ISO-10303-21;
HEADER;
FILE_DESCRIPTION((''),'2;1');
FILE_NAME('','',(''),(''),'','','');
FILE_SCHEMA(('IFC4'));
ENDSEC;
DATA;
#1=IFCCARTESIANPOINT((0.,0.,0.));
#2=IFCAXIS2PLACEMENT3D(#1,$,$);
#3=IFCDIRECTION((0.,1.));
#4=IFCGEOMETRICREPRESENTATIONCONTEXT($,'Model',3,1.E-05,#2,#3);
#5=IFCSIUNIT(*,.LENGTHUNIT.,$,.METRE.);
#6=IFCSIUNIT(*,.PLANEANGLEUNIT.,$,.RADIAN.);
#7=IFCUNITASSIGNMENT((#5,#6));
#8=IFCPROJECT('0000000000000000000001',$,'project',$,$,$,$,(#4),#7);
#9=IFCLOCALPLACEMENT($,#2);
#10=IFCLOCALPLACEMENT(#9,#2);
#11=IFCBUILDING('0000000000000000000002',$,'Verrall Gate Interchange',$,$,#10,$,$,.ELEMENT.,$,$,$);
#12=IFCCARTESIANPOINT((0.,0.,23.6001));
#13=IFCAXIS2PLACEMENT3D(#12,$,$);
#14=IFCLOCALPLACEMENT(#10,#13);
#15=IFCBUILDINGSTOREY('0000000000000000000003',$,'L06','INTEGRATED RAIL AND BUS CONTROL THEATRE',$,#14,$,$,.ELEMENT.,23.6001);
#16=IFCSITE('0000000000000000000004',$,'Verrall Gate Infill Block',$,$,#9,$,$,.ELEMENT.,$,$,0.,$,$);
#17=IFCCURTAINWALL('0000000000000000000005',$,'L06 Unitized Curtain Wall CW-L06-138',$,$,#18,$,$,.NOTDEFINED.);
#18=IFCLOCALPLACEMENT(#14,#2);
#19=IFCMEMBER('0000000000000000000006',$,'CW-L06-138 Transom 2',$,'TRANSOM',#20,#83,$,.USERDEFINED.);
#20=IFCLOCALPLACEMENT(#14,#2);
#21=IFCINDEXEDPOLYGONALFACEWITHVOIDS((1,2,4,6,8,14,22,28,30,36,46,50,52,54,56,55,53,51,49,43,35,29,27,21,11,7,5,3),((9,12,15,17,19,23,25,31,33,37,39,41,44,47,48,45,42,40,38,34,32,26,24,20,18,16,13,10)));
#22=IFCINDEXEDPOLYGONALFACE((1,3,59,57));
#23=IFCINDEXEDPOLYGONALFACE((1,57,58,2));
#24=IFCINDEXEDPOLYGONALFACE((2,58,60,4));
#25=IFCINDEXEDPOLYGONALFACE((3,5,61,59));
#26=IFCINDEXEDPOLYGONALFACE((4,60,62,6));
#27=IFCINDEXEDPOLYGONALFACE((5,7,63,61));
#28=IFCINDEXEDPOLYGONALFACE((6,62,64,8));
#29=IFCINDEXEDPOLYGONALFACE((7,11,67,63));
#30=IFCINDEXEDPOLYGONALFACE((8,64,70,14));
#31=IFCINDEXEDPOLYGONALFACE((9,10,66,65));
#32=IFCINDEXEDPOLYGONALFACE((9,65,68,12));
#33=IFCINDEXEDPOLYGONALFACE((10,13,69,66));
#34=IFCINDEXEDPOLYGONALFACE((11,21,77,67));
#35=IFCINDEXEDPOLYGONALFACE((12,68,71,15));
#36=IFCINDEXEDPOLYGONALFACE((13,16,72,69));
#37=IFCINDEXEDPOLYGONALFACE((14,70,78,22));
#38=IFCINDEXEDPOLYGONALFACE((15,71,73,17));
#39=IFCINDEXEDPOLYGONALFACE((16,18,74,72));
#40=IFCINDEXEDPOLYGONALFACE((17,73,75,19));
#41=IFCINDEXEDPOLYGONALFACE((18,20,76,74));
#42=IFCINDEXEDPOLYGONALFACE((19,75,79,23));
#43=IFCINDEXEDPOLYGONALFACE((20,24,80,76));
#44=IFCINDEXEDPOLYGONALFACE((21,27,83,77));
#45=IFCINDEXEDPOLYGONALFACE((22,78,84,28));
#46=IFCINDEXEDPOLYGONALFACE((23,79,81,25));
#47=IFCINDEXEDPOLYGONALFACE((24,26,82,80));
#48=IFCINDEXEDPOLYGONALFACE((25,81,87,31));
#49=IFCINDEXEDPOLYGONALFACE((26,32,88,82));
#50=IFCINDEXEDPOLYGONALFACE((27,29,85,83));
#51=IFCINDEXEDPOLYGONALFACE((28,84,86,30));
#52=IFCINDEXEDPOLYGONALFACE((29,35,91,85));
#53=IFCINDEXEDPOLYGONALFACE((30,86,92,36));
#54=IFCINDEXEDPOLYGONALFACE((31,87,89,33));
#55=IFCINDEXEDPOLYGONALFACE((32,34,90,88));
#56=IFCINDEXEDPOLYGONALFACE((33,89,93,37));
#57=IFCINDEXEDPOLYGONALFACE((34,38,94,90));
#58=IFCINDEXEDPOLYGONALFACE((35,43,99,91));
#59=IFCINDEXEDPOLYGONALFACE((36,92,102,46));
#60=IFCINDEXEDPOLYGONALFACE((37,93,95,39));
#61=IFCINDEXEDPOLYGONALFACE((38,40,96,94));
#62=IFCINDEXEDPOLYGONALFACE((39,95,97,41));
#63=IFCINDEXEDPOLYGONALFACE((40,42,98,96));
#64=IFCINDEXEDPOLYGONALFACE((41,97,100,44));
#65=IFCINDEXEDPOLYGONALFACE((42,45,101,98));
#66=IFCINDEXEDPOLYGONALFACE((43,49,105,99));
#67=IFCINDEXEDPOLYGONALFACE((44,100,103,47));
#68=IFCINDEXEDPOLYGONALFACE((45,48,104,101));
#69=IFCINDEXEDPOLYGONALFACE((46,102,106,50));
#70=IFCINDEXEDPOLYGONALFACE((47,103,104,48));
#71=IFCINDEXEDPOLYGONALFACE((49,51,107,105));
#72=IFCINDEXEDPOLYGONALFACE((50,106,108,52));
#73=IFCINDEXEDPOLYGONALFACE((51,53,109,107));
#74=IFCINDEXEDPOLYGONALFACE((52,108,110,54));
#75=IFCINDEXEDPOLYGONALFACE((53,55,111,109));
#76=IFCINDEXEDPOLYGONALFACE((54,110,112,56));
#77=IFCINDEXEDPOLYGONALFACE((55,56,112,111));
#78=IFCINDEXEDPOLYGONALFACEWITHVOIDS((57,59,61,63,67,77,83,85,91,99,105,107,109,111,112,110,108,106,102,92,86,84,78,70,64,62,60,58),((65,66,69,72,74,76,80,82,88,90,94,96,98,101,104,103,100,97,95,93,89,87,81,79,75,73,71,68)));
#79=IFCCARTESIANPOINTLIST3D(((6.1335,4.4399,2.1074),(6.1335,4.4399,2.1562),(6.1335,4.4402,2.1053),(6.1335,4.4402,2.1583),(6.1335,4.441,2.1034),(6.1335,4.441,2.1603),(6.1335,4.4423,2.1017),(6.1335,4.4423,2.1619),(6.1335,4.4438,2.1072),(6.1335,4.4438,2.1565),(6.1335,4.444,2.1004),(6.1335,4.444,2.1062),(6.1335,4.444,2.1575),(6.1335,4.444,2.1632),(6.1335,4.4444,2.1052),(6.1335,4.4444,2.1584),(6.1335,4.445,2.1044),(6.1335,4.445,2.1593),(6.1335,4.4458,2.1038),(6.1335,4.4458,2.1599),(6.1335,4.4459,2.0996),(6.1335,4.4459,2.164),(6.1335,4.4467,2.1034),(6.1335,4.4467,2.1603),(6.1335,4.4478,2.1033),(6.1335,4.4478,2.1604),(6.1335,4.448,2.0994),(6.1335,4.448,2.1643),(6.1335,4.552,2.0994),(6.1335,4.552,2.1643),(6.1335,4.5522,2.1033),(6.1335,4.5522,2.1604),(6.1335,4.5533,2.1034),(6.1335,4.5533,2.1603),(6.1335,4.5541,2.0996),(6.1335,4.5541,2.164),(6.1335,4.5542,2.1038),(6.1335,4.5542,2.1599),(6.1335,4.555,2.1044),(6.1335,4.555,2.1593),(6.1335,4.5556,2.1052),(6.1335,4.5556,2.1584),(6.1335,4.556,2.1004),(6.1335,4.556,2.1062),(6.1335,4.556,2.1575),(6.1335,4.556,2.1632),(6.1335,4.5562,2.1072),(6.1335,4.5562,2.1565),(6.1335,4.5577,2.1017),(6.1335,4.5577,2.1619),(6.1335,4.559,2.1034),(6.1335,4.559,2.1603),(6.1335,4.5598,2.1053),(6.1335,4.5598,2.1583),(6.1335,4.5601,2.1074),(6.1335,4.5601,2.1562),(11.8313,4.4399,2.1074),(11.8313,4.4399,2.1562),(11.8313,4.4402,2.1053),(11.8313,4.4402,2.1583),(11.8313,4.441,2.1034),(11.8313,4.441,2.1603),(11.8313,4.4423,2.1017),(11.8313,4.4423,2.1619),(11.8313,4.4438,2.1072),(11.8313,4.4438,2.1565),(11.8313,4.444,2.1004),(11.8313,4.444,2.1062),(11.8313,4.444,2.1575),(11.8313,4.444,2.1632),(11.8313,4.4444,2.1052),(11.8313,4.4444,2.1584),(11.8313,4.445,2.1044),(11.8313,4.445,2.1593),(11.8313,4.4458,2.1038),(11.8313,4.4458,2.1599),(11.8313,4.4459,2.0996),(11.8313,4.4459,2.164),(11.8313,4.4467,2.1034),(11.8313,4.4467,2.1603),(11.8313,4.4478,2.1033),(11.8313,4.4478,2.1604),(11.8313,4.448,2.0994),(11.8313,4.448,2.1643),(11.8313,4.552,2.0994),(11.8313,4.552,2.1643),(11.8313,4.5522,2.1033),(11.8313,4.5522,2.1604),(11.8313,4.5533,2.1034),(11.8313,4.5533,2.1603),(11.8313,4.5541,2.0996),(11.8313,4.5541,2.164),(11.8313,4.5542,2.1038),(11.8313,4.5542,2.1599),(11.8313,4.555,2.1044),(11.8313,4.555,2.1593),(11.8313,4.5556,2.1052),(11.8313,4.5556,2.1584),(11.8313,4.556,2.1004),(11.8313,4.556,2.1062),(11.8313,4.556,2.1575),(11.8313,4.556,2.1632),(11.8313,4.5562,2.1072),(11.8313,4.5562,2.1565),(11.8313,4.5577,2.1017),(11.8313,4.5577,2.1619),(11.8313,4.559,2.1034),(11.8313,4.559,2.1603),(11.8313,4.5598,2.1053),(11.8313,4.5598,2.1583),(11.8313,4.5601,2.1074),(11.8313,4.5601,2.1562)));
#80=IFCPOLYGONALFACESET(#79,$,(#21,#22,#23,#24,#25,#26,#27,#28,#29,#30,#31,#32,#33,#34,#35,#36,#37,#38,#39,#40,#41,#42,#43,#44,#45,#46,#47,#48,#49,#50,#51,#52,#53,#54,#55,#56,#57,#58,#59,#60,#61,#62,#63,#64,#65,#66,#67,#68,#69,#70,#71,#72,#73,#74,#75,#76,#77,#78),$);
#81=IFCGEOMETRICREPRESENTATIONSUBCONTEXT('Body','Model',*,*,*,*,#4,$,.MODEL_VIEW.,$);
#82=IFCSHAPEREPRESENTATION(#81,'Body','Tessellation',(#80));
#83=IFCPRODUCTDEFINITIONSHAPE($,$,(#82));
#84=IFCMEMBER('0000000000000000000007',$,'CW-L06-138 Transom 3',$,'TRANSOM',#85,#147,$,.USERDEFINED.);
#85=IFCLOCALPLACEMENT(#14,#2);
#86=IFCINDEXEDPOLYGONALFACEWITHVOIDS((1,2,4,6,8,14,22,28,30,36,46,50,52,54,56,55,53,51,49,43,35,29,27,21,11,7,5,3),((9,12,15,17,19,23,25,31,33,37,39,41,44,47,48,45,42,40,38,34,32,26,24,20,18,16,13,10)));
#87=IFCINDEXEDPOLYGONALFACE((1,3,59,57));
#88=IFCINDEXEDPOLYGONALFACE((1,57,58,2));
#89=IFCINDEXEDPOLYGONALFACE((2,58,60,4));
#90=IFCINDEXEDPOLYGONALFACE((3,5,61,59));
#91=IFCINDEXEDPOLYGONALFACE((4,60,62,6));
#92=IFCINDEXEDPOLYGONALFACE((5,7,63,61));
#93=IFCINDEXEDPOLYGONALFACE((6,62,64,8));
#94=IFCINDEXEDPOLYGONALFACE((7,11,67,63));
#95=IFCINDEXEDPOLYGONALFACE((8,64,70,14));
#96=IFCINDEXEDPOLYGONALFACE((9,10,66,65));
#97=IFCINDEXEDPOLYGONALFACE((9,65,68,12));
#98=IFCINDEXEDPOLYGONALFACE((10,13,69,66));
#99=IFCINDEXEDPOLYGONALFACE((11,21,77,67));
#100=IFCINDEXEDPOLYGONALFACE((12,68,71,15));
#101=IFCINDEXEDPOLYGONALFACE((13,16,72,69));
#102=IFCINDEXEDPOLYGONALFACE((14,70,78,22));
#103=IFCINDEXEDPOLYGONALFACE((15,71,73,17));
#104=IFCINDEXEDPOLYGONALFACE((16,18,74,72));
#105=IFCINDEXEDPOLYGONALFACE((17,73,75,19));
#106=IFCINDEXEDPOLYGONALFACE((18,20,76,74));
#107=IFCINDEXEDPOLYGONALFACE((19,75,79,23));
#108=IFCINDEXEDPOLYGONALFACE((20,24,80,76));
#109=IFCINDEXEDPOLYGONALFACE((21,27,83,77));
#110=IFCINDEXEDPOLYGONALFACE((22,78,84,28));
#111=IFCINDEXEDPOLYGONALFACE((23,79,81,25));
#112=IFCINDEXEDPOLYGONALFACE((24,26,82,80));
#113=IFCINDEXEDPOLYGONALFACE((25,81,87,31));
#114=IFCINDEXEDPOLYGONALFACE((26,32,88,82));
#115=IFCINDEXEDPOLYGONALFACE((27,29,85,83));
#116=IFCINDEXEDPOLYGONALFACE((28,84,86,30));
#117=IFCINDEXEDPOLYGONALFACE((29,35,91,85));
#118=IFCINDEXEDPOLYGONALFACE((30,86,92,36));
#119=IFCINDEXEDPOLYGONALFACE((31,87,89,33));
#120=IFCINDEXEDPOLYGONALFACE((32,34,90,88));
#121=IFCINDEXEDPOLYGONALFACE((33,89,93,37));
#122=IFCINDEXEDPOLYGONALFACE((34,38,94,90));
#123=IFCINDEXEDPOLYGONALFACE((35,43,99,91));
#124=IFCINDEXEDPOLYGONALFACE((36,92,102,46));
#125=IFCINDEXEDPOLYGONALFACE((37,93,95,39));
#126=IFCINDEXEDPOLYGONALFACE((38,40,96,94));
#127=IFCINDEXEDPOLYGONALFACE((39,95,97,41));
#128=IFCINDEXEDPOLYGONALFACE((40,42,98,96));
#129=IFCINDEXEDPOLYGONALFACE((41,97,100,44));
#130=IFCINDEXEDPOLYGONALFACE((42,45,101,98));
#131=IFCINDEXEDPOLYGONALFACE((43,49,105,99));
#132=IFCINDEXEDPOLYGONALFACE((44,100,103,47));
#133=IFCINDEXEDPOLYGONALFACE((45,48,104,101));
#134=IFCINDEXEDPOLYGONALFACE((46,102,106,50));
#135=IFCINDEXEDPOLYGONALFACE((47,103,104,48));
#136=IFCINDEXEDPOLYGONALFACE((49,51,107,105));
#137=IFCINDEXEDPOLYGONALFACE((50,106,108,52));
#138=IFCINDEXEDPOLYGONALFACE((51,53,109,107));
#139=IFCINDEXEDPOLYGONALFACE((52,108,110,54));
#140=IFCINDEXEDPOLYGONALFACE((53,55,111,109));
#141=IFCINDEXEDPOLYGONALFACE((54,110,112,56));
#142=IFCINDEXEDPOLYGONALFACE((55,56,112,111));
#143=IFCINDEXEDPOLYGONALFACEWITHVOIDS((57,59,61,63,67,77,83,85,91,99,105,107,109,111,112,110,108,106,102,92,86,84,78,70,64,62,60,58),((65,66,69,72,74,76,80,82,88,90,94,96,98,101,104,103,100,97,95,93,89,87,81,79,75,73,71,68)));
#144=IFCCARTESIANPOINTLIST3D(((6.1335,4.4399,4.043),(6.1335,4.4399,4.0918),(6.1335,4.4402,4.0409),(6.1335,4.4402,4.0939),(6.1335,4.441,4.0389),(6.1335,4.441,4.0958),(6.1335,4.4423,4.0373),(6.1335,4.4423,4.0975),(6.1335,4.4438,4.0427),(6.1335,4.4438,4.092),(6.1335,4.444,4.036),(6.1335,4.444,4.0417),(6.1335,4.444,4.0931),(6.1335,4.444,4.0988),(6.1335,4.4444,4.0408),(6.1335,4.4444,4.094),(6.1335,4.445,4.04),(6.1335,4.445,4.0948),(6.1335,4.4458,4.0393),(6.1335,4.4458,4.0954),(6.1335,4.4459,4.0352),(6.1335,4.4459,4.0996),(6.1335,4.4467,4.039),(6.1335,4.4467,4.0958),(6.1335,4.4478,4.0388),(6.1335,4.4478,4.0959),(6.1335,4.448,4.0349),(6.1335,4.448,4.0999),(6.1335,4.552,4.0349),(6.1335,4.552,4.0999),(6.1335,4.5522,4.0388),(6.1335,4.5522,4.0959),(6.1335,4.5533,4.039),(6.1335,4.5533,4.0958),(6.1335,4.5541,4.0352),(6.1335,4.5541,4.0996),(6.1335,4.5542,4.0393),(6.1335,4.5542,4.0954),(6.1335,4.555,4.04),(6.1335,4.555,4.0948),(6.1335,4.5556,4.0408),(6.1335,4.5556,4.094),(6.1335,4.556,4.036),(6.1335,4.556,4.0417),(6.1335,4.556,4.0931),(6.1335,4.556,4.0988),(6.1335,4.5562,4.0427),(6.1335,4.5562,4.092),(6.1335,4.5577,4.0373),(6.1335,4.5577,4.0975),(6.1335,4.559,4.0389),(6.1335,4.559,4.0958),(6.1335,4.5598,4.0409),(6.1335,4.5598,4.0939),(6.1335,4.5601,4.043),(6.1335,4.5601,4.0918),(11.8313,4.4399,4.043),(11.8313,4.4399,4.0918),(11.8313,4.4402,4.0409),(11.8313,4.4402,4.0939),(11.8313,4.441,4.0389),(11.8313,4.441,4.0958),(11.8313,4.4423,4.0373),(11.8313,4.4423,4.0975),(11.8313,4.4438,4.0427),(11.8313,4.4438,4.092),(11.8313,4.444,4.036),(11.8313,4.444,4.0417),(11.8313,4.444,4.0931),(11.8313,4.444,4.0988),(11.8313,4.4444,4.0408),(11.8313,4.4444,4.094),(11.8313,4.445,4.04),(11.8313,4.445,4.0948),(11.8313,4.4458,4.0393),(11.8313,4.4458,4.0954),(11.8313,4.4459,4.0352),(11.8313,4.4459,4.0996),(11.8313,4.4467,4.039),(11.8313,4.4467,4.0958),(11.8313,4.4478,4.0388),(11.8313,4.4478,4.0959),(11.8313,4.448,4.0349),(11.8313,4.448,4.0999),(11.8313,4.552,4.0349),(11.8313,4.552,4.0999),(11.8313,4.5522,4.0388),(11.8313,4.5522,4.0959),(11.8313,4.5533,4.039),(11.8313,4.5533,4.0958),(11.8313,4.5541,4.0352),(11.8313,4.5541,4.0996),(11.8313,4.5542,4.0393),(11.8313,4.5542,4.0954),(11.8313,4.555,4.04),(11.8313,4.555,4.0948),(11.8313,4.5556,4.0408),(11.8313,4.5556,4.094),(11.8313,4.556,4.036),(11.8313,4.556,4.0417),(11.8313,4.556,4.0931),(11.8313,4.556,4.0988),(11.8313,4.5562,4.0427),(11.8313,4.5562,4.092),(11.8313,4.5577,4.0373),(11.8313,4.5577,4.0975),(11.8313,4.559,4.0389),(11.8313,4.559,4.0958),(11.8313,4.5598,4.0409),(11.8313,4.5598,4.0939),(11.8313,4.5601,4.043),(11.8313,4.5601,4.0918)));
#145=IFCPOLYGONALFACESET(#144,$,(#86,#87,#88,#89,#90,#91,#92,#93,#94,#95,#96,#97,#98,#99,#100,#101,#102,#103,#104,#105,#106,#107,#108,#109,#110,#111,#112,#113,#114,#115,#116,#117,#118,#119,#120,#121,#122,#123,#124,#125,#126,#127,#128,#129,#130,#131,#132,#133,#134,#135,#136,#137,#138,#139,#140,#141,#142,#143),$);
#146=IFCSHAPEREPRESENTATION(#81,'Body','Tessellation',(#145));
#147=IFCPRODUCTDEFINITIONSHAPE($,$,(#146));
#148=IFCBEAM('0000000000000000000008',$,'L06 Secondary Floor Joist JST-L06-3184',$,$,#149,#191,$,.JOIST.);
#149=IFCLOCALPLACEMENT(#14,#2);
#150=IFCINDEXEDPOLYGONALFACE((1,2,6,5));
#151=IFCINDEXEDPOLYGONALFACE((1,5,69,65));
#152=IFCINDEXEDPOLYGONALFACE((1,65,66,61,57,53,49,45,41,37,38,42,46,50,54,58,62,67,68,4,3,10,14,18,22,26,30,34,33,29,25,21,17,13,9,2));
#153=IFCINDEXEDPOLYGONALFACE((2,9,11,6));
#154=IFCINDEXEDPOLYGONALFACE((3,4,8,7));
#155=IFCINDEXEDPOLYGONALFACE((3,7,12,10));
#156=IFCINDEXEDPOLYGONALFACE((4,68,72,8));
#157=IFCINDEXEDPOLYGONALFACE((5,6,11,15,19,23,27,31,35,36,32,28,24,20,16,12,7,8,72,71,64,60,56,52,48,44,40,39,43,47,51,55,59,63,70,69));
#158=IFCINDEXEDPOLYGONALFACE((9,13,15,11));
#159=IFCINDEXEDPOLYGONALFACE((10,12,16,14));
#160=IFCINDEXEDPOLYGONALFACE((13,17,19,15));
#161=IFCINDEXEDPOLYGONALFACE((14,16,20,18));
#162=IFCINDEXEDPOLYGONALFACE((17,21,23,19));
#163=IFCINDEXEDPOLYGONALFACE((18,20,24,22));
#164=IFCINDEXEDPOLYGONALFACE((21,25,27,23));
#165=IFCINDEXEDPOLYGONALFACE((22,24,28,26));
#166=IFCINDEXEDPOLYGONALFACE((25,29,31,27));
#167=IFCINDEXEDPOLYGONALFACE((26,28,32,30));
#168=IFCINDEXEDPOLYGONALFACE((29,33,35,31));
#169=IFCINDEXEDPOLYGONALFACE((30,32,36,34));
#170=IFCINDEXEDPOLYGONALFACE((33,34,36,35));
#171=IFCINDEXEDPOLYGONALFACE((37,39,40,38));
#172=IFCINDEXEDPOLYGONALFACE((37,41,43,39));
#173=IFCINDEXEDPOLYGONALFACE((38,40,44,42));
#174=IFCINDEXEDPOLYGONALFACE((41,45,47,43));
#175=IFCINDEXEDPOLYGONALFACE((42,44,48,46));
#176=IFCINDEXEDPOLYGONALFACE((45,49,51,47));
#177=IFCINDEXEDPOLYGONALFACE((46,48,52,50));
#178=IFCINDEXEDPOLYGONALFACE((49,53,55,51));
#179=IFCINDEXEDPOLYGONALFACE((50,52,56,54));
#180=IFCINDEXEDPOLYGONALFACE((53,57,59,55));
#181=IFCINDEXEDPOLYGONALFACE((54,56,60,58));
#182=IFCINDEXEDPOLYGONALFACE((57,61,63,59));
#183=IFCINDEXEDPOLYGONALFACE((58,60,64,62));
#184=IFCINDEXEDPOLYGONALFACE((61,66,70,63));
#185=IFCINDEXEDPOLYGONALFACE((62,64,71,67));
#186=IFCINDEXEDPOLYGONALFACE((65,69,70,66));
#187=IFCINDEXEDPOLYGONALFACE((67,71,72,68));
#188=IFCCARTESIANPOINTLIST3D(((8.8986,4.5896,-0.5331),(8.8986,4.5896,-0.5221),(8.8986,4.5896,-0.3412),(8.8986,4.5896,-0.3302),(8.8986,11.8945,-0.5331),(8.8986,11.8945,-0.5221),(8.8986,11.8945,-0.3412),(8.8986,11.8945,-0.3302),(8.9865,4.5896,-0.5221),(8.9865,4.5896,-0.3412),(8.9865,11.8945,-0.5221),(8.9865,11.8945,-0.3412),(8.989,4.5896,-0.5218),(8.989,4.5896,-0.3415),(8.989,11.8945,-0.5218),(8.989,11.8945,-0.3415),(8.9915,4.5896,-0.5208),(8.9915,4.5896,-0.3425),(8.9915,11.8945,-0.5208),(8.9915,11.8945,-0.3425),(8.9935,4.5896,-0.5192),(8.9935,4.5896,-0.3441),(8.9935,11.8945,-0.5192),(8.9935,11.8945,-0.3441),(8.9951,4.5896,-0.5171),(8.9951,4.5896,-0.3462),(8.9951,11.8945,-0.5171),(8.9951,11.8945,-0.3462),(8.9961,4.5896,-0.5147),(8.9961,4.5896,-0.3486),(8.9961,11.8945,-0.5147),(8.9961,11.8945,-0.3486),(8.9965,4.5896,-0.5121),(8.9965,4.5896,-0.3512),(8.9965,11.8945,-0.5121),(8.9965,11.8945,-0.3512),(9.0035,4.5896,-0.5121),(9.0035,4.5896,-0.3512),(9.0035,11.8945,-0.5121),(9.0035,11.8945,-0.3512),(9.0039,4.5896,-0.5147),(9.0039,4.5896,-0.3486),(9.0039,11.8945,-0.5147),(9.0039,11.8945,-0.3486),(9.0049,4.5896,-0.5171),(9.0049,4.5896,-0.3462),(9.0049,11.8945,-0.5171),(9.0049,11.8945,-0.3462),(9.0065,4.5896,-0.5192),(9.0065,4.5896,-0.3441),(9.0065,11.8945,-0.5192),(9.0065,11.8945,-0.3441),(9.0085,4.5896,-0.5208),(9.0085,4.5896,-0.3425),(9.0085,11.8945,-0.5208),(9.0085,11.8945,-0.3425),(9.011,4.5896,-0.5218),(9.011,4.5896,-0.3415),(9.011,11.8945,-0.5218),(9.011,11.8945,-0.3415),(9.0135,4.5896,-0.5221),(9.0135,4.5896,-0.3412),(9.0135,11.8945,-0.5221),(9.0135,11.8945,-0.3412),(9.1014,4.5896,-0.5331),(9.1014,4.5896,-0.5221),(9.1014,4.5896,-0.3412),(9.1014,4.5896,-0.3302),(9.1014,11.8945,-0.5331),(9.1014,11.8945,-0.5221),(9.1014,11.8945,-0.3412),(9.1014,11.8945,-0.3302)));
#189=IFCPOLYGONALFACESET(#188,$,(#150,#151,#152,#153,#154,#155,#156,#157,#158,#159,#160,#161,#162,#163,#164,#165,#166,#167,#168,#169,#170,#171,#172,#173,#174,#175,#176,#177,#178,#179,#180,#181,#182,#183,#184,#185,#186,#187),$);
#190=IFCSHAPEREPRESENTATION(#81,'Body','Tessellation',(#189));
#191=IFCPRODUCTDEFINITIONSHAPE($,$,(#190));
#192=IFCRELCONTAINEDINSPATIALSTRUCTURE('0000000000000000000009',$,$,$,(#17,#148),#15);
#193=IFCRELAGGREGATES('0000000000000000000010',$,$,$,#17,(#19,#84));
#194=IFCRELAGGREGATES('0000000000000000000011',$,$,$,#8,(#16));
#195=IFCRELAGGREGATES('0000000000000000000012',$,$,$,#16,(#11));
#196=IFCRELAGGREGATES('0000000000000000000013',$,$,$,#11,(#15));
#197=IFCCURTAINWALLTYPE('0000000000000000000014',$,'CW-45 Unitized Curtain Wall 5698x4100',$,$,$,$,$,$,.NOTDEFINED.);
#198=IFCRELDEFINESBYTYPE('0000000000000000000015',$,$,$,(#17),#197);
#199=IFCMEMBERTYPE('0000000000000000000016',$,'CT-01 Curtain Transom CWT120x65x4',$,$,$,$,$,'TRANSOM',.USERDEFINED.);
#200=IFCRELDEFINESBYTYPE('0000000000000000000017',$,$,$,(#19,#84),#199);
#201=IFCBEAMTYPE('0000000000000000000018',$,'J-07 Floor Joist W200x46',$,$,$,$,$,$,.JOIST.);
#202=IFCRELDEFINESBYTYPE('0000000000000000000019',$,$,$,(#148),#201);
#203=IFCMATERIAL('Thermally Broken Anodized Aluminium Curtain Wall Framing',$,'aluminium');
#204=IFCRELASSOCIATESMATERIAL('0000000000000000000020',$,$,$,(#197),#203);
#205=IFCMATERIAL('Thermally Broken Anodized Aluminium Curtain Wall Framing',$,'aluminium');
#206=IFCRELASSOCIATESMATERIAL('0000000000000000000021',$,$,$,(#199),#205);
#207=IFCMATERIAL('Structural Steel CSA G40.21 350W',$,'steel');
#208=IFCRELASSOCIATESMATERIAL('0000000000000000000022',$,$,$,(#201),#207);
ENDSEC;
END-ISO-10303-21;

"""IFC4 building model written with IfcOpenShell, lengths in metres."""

from ifc_helpers import new_model, si_unit, direction, frame, origin, origin_2d, place, context, subcontext, project, spatial, hollow_rectangle, i_section, extrude, material, material_profile, profile_set, type_object, element, aggregate, save


model = new_model("IFC4")

# Units and contexts
model_context = context("Model", 3, precision=1e-05, world=origin(), true_north=direction((0.0, 1.0)))
body_context = subcontext(model_context, "Body", "Model", "MODEL_VIEW")
ifc_project = project(units=[si_unit("LENGTHUNIT", "METRE"), si_unit("PLANEANGLEUNIT", "RADIAN")], contexts=[model_context])

# Site, building, storey
site_placement = place(None, origin())
site = spatial("IfcSite", under=ifc_project, at=site_placement, Name="Verrall Gate Infill Block", CompositionType="ELEMENT", RefElevation=0.0)
building_placement = place(site_placement, origin())
building = spatial("IfcBuilding", under=site, at=building_placement, Name="Verrall Gate Interchange", CompositionType="ELEMENT")
storey_placement = place(building_placement, frame((0.0, 0.0, 23.6001)))
storey = spatial("IfcBuildingStorey", under=building, at=storey_placement, Name="L06", Description="INTEGRATED RAIL AND BUS CONTROL THEATRE", CompositionType="ELEMENT", Elevation=23.6001)

# Curtain wall, members
ifc_material_1 = material(Name="Thermally Broken Anodized Aluminium Curtain Wall Framing", Category="aluminium")
curtain_wall_type = type_object("IfcCurtainWallType", Name="CW-45 Unitized Curtain Wall 5698x4100", PredefinedType="NOTDEFINED", material=ifc_material_1)
curtain_wall_placement = place(storey_placement, origin())
curtain_wall = element("IfcCurtainWall", 1, at=curtain_wall_placement, inside=storey, type_object=curtain_wall_type, Name="L06 Unitized Curtain Wall CW-L06-138", PredefinedType="NOTDEFINED")
ifc_material_2 = material(Name="Thermally Broken Anodized Aluminium Curtain Wall Framing", Category="aluminium")
ifc_material_profile_1 = material_profile(ifc_material_2, hollow_rectangle(XDim=0.1201, YDim=0.0649, WallThickness=0.0039, InnerFilletRadius=0.0039, OuterFilletRadius=0.0081, at=origin_2d()), Name="CWT120x65x4")
ifc_profile_set_1 = profile_set([ifc_material_profile_1], Name="Thermally Broken Anodized Aluminium Curtain Wall Framing")
member_type_1 = type_object("IfcMemberType", Name="CT-01 Curtain Transom CWT120x65x4", ElementType="TRANSOM", PredefinedType="USERDEFINED", material=ifc_profile_set_1)
member_1_placement = place(storey_placement, frame((6.1335, 4.5, 2.1318), z_axis=(1.0, 0.0, 0.0), x_axis=(0.0, 1.0, 0.0)))
member_1 = element("IfcMember", 2, at=member_1_placement, type_object=member_type_1, Name="CW-L06-138 Transom 2", ObjectType="TRANSOM", PredefinedType="USERDEFINED", context=body_context, shape_type="SweptSolid", body=[
    extrude(hollow_rectangle(XDim=0.1201, YDim=0.0649, WallThickness=0.0039, InnerFilletRadius=0.0039, OuterFilletRadius=0.0081, at=origin_2d()), origin(), (0.0, 0.0, 1.0), 5.6978),
])
member_2_placement = place(storey_placement, frame((6.1335, 4.5, 4.0674), z_axis=(1.0, 0.0, 0.0), x_axis=(0.0, 1.0, 0.0)))
member_2 = element("IfcMember", 3, at=member_2_placement, type_object=member_type_1, Name="CW-L06-138 Transom 3", ObjectType="TRANSOM", PredefinedType="USERDEFINED", context=body_context, shape_type="SweptSolid", body=[
    extrude(hollow_rectangle(XDim=0.1201, YDim=0.0649, WallThickness=0.0039, InnerFilletRadius=0.0039, OuterFilletRadius=0.0081, at=origin_2d()), origin(), (0.0, 0.0, 1.0), 5.6978),
])

# Beam
ifc_material_3 = material(Name="Structural Steel CSA G40.21 350W", Category="steel")
ifc_material_profile_2 = material_profile(ifc_material_3, i_section(OverallWidth=0.2029, OverallDepth=0.2029, WebThickness=0.0071, FlangeThickness=0.011, FilletRadius=0.01, at=origin_2d()), Name="W200x46")
ifc_profile_set_2 = profile_set([ifc_material_profile_2], Name="Structural Steel CSA G40.21 350W")
beam_type = type_object("IfcBeamType", Name="J-07 Floor Joist W200x46", PredefinedType="JOIST", material=ifc_profile_set_2)
beam_placement = place(storey_placement, frame((9.0, 4.5896, -0.4316), z_axis=(0.0, 1.0, 0.0), x_axis=(-1.0, 0.0, 0.0)))
element("IfcBeam", 4, at=beam_placement, inside=storey, type_object=beam_type, Name="L06 Secondary Floor Joist JST-L06-3184", PredefinedType="JOIST", context=body_context, shape_type="SweptSolid", body=[
    extrude(i_section(OverallWidth=0.2029, OverallDepth=0.2029, WebThickness=0.0071, FlangeThickness=0.011, FilletRadius=0.01, at=origin_2d()), origin(), (0.0, 0.0, 1.0), 7.3049),
])

aggregate(curtain_wall, [member_1, member_2])

save(model, "model.ifc")
